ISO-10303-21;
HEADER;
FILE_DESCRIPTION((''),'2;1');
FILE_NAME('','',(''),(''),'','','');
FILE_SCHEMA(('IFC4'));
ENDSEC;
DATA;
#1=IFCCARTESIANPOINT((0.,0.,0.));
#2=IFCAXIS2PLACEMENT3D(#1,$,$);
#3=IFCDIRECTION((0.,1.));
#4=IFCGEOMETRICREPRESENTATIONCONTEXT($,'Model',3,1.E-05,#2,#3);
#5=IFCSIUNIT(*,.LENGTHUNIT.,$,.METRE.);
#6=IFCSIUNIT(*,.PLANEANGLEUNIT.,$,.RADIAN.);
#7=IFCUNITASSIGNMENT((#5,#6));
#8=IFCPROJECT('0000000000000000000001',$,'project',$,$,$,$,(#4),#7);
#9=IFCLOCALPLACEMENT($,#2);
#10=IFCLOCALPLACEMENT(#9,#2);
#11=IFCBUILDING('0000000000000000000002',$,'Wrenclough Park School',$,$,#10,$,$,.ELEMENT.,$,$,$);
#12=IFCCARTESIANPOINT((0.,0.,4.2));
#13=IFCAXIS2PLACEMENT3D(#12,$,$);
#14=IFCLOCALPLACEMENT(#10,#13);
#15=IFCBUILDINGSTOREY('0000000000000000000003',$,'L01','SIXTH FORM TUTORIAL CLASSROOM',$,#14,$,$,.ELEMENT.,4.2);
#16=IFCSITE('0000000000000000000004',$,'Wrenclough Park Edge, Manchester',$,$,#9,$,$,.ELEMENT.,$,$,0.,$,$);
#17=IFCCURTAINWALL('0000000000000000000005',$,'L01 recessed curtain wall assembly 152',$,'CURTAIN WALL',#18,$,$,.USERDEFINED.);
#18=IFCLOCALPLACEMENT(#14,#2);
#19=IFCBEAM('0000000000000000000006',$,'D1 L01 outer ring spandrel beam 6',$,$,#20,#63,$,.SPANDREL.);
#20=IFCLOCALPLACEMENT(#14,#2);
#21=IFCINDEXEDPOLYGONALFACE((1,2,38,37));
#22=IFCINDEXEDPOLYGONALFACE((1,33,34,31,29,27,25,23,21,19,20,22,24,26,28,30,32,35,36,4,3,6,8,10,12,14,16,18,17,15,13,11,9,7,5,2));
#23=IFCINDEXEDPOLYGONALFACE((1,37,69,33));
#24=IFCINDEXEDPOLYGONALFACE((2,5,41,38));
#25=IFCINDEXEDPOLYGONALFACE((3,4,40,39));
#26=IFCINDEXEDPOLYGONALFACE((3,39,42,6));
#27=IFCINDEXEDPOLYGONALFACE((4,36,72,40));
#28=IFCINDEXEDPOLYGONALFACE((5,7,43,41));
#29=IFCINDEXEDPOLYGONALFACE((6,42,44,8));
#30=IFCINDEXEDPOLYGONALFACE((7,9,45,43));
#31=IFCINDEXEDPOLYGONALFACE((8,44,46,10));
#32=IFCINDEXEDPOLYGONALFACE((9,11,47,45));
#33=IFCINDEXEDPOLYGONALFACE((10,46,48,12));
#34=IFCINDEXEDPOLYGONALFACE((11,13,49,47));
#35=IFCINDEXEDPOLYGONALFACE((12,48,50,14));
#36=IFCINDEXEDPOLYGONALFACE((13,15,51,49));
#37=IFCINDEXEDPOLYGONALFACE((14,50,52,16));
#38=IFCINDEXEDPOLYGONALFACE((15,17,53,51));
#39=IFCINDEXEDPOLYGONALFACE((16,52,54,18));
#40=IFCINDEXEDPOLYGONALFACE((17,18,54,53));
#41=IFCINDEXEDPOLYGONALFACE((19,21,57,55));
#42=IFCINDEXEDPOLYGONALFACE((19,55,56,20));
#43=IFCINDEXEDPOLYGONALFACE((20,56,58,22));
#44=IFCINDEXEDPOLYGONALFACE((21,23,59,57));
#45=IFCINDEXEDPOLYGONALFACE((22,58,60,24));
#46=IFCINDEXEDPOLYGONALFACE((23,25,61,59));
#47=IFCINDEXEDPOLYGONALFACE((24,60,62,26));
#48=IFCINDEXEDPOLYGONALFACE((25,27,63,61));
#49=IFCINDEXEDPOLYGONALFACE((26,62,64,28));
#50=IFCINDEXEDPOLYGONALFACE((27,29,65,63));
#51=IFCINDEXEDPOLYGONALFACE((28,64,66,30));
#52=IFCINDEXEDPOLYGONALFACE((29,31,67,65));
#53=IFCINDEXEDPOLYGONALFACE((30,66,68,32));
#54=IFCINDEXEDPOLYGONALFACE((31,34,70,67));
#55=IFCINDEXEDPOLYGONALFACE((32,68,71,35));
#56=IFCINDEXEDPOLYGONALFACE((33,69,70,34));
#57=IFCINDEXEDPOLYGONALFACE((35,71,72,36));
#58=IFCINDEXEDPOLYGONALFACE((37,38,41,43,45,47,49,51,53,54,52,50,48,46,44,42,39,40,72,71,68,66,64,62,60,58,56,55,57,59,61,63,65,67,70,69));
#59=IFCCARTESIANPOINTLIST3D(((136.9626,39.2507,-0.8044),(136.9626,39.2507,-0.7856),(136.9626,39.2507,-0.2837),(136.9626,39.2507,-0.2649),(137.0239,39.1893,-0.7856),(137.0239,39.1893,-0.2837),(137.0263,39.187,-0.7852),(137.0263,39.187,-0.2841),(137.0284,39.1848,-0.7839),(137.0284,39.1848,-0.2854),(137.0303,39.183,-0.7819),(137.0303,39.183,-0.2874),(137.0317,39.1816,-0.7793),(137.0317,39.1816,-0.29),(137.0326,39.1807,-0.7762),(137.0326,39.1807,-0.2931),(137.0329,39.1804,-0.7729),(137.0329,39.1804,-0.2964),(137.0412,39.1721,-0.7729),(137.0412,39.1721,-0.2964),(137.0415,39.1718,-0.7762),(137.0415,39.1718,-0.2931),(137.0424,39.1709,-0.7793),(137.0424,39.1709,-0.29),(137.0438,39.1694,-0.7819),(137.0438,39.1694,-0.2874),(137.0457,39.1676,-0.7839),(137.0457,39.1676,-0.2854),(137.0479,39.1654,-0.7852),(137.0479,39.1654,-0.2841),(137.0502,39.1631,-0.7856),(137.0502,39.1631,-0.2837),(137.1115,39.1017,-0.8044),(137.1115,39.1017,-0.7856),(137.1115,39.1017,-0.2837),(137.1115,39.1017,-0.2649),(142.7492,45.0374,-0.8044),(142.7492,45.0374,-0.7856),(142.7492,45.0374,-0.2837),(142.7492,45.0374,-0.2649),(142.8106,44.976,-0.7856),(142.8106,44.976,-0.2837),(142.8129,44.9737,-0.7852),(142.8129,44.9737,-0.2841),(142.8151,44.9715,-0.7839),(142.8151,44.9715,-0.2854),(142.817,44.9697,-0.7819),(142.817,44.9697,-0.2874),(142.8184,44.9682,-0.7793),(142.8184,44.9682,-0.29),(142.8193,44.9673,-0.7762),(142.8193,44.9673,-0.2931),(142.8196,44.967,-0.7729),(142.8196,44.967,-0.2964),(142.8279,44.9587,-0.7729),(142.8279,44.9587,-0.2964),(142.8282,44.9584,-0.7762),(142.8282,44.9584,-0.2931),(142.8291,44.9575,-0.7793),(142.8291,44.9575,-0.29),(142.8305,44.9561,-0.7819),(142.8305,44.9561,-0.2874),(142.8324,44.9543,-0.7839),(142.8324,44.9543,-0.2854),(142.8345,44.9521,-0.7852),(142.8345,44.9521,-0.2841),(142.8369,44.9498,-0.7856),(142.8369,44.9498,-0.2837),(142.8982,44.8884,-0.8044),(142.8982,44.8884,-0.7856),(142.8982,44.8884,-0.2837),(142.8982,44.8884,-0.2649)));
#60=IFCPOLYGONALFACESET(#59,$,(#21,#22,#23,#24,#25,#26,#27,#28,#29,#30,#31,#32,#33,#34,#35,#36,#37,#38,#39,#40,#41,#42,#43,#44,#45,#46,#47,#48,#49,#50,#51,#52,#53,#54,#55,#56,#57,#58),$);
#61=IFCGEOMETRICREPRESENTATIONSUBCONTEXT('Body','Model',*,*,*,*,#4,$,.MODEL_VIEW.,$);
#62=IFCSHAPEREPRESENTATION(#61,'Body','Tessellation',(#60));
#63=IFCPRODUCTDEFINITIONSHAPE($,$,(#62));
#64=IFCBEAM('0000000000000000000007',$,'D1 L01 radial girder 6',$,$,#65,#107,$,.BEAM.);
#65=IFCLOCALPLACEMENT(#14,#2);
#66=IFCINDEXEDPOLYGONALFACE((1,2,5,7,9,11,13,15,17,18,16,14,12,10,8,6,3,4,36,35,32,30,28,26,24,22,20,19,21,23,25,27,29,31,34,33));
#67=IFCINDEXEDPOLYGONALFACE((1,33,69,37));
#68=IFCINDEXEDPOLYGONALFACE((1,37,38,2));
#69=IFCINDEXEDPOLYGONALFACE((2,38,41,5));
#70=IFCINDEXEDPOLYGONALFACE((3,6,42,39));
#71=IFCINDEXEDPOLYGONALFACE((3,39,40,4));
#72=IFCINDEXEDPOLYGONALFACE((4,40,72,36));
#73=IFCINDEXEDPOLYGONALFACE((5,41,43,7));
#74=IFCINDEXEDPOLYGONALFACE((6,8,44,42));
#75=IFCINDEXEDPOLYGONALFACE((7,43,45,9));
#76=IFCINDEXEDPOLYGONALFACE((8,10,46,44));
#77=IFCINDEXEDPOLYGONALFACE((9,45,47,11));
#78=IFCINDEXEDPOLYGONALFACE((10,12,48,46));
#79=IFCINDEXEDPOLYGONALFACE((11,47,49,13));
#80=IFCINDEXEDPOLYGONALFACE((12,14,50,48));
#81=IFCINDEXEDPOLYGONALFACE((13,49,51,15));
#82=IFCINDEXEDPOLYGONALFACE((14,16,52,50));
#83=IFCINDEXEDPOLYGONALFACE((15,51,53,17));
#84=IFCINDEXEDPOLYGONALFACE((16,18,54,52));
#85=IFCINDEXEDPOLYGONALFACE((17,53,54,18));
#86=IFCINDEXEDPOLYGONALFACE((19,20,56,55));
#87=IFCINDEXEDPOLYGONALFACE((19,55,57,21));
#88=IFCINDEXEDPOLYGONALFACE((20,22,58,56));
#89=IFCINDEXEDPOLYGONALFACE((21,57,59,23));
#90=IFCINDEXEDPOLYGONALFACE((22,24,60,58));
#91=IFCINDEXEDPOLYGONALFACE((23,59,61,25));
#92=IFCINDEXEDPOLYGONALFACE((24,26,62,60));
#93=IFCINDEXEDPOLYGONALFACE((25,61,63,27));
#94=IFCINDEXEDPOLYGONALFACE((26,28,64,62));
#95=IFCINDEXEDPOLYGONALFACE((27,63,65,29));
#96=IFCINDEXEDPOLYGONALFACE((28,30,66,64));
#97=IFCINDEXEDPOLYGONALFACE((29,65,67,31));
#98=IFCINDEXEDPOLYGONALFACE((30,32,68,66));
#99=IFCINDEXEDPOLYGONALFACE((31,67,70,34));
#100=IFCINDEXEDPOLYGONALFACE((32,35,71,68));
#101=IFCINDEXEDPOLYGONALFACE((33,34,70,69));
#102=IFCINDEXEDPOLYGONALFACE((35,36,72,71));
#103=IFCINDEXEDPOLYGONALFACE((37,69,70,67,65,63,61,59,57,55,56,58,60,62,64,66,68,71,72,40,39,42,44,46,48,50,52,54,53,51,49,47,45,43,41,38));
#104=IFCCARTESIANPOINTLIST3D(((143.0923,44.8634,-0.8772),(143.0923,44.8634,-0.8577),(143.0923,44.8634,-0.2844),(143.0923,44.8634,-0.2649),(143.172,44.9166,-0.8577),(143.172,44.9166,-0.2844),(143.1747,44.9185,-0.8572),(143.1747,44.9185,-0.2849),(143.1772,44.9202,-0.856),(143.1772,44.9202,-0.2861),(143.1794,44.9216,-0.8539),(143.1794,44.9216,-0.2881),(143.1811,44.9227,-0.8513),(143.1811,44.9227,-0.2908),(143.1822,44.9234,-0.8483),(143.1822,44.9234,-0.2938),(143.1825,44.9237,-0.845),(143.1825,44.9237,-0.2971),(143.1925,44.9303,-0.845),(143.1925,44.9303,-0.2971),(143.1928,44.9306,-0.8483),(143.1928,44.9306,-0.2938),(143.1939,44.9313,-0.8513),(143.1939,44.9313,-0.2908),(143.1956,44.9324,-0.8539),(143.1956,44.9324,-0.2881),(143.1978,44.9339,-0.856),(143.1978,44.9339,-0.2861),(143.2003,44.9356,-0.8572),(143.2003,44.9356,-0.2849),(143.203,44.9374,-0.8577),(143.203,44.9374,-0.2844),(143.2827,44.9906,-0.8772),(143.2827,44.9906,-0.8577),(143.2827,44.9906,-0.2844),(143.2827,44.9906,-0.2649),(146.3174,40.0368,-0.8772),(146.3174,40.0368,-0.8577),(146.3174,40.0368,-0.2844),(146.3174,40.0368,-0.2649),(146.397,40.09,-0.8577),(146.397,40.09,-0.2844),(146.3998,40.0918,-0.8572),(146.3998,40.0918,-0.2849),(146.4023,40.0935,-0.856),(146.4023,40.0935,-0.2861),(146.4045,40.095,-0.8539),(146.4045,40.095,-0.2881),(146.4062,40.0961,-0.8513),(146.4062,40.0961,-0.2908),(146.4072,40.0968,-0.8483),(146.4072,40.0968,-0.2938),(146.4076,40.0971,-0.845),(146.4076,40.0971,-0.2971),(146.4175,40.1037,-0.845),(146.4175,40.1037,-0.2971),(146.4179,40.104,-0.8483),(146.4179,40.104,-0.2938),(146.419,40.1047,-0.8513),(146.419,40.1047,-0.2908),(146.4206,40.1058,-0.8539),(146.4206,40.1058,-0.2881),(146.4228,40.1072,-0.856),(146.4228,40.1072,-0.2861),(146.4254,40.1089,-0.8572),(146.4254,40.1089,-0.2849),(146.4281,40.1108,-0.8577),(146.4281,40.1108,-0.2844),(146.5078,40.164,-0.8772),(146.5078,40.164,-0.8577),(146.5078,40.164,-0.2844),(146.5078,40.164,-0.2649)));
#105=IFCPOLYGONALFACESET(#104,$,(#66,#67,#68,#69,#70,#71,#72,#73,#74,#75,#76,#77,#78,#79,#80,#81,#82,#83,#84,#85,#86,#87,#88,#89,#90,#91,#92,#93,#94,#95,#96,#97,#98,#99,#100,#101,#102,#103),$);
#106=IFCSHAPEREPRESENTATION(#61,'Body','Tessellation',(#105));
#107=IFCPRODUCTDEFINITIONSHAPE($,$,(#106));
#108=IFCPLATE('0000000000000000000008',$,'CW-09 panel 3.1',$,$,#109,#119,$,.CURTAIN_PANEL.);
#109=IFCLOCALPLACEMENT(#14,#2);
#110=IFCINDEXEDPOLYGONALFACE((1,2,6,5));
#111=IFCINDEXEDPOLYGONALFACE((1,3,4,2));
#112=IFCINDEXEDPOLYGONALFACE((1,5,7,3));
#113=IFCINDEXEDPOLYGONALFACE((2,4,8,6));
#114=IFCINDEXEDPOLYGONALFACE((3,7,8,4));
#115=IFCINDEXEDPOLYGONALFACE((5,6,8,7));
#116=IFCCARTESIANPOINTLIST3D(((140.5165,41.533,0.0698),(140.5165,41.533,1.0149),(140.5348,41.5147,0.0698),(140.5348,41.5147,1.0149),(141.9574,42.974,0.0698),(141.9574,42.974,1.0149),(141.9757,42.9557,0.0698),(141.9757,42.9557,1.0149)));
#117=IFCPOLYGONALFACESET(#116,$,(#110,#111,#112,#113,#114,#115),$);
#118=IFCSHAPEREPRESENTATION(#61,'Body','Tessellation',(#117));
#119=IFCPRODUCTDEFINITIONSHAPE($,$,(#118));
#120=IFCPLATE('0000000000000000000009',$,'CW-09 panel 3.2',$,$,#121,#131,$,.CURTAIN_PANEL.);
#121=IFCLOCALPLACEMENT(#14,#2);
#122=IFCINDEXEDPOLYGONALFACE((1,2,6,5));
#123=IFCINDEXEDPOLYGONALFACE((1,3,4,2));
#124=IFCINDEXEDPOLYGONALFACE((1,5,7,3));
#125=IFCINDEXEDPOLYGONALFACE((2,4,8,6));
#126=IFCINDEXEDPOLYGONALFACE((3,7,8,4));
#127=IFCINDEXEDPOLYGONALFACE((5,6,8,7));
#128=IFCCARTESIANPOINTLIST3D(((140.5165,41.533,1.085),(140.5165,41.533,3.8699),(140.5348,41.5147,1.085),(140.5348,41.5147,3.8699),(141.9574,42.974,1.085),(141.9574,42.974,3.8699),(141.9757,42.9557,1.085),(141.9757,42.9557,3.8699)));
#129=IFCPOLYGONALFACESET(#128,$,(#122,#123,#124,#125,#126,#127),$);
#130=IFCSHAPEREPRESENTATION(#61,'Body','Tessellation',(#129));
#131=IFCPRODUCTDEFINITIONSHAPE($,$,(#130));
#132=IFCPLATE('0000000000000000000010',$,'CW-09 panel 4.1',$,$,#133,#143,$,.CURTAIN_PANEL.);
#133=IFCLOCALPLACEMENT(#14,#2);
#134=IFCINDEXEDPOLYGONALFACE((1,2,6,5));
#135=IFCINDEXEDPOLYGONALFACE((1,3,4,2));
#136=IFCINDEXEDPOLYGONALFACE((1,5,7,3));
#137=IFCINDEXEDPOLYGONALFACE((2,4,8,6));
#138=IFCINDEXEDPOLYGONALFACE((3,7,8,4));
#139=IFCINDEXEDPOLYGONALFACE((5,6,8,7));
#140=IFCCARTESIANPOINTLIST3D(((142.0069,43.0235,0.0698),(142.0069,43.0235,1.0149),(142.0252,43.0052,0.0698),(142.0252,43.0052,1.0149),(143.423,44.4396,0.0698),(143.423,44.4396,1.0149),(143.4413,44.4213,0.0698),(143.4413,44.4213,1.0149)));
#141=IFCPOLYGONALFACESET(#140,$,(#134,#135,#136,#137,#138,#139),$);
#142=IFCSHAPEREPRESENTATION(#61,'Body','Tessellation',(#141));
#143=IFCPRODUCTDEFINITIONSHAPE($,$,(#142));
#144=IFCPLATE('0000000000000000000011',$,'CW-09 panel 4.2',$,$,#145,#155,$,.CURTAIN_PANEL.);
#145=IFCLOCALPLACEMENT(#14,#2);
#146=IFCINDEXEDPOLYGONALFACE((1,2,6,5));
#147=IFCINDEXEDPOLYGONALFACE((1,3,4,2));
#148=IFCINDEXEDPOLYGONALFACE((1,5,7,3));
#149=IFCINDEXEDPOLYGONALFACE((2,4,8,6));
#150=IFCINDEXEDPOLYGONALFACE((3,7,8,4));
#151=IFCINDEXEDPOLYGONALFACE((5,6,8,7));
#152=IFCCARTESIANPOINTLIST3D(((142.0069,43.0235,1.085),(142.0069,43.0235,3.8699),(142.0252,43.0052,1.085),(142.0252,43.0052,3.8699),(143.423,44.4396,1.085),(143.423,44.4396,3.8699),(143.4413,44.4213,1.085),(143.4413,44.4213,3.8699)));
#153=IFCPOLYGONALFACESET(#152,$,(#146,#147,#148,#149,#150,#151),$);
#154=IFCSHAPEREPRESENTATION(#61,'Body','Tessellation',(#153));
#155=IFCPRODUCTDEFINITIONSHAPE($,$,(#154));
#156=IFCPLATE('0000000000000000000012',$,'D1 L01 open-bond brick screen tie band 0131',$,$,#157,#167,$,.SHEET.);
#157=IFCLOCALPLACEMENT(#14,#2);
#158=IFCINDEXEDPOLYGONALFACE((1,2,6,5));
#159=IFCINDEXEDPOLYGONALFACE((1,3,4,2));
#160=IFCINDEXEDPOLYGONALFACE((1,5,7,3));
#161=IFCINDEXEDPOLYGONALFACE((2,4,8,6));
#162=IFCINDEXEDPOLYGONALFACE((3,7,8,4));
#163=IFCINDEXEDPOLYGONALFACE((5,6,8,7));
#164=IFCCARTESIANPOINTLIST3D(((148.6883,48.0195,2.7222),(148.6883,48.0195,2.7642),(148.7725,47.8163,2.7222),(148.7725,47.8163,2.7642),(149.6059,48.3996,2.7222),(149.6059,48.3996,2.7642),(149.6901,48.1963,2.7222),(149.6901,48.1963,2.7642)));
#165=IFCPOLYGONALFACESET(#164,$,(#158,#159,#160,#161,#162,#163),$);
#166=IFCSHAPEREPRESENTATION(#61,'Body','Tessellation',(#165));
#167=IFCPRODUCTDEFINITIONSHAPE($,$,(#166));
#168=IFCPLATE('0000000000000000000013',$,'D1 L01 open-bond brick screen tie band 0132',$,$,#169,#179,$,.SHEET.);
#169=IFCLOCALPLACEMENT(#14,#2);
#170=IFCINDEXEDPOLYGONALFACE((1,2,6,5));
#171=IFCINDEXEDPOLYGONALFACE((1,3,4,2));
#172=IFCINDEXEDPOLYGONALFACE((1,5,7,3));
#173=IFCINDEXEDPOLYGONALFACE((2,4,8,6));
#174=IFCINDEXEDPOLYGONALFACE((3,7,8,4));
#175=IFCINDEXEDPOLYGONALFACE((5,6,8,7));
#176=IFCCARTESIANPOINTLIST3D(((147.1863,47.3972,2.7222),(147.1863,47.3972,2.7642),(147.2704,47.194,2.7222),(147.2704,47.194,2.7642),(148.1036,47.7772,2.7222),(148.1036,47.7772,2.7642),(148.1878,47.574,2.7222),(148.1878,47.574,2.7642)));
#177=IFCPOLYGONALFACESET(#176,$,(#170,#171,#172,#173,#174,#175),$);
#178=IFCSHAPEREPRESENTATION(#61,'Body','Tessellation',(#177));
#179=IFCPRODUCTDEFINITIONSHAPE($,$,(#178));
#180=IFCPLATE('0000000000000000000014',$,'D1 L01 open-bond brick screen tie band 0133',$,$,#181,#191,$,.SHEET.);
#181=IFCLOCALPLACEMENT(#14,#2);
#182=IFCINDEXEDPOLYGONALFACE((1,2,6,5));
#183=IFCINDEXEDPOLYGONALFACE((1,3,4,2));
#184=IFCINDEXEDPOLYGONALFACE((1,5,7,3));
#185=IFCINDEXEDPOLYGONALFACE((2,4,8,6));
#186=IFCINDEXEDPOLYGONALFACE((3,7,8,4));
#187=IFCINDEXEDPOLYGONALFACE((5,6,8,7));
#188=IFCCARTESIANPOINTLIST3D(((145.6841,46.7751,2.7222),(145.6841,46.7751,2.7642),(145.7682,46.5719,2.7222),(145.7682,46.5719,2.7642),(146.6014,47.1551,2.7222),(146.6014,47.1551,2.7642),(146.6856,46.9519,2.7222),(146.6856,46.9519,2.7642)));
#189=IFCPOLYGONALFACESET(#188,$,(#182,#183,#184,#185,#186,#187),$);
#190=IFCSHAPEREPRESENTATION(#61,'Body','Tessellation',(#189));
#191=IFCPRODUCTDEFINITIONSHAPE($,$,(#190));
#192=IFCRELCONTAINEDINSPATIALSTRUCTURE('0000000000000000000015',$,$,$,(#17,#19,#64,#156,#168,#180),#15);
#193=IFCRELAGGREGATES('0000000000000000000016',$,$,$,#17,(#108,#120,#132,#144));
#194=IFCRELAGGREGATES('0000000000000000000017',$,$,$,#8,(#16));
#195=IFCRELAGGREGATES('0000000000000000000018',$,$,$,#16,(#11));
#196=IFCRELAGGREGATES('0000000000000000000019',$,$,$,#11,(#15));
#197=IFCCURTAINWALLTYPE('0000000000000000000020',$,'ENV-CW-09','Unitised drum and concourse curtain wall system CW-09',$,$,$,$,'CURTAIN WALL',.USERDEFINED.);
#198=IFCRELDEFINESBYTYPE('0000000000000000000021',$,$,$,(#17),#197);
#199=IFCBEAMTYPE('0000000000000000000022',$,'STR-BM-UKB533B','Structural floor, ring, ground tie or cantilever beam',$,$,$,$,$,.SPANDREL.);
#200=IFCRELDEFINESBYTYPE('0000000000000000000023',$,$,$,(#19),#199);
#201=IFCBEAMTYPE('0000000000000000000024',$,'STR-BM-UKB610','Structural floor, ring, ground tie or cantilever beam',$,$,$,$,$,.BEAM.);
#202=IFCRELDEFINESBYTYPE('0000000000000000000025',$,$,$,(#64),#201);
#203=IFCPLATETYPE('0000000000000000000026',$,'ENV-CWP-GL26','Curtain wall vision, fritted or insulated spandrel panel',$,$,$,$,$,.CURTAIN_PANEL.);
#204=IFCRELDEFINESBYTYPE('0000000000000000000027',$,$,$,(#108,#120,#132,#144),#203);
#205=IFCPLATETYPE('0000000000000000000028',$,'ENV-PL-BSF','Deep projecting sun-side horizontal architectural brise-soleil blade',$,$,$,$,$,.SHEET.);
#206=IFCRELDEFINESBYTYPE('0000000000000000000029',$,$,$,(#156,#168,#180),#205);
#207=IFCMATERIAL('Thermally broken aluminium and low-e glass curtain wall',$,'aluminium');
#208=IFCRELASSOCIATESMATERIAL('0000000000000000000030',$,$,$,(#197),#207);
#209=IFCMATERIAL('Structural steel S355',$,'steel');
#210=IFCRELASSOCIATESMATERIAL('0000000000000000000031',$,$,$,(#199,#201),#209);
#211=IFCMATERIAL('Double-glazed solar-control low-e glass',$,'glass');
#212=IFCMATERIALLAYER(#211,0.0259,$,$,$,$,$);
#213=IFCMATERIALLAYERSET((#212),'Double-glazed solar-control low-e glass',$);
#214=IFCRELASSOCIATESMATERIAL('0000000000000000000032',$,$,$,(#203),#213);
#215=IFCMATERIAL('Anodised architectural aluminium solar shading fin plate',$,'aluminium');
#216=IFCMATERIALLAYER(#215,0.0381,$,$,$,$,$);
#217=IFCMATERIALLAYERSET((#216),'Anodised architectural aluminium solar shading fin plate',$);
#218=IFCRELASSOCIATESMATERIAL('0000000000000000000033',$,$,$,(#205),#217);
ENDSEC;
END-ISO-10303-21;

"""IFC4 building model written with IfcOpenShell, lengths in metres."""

from ifc_helpers import new_model, si_unit, direction, frame, origin, origin_2d, place, context, subcontext, project, spatial, rectangle, i_section, extrude, material, layer, layer_set, material_profile, profile_set, type_object, element, aggregate, save


model = new_model("IFC4")

# Units and contexts
model_context = context("Model", 3, precision=1e-05, world=origin(), true_north=direction((0.0, 1.0)))
body_context = subcontext(model_context, "Body", "Model", "MODEL_VIEW")
ifc_project = project(units=[si_unit("LENGTHUNIT", "METRE"), si_unit("PLANEANGLEUNIT", "RADIAN")], contexts=[model_context])

# Site, building, storey
site_placement = place(None, origin())
site = spatial("IfcSite", under=ifc_project, at=site_placement, Name="Wrenclough Park Edge, Manchester", CompositionType="ELEMENT", RefElevation=0.0)
building_placement = place(site_placement, origin())
building = spatial("IfcBuilding", under=site, at=building_placement, Name="Wrenclough Park School", CompositionType="ELEMENT")
storey_placement = place(building_placement, frame((0.0, 0.0, 4.2)))
storey = spatial("IfcBuildingStorey", under=building, at=storey_placement, Name="L01", Description="SIXTH FORM TUTORIAL CLASSROOM", CompositionType="ELEMENT", Elevation=4.2)

# Shared definitions
ifc_material_1 = material(Name="Structural steel S355", Category="steel")

# Curtain wall
ifc_material_2 = material(Name="Thermally broken aluminium and low-e glass curtain wall", Category="aluminium")
curtain_wall_type = type_object("IfcCurtainWallType", Name="ENV-CW-09", Description="Unitised drum and concourse curtain wall system CW-09", ElementType="CURTAIN WALL", PredefinedType="USERDEFINED", material=ifc_material_2)
curtain_wall_placement = place(storey_placement, origin())
curtain_wall = element("IfcCurtainWall", 1, at=curtain_wall_placement, inside=storey, type_object=curtain_wall_type, Name="L01 recessed curtain wall assembly 152", ObjectType="CURTAIN WALL", PredefinedType="USERDEFINED")

# Beams
ifc_material_profile_1 = material_profile(ifc_material_1, i_section(OverallWidth=0.2107, OverallDepth=0.5396, WebThickness=0.0117, FlangeThickness=0.0188, FilletRadius=0.0127, at=origin_2d()), Name="UKB 533x210x109")
ifc_profile_set_1 = profile_set([ifc_material_profile_1], Name="Structural steel S355")
beam_type_1 = type_object("IfcBeamType", Name="STR-BM-UKB533B", Description="Structural floor, ring, ground tie or cantilever beam", PredefinedType="SPANDREL", material=ifc_profile_set_1)
beam_1_placement = place(storey_placement, frame((142.8237, 44.9629, -0.5347), z_axis=(-0.707107, -0.707107, 0.0), x_axis=(0.707107, -0.707107, 0.0)))
element("IfcBeam", 2, at=beam_1_placement, inside=storey, type_object=beam_type_1, Name="D1 L01 outer ring spandrel beam 6", PredefinedType="SPANDREL", context=body_context, shape_type="SweptSolid", body=[
    extrude(i_section(OverallWidth=0.2107, OverallDepth=0.5396, WebThickness=0.0117, FlangeThickness=0.0188, FilletRadius=0.0127, at=origin_2d()), origin(), (0.0, 0.0, 1.0), 8.1836),
])
ifc_material_profile_2 = material_profile(ifc_material_1, i_section(OverallWidth=0.229, OverallDepth=0.6123, WebThickness=0.012, FlangeThickness=0.0195, FilletRadius=0.0127, at=origin_2d()), Name="UKB 610x229x125")
ifc_profile_set_2 = profile_set([ifc_material_profile_2], Name="Structural steel S355")
beam_type_2 = type_object("IfcBeamType", Name="STR-BM-UKB610", Description="Structural floor, ring, ground tie or cantilever beam", PredefinedType="BEAM", material=ifc_profile_set_2)
beam_2_placement = place(storey_placement, frame((143.1875, 44.927, -0.571), z_axis=(0.555573, -0.831468, 0.0), x_axis=(0.831468, 0.555573, 0.0)))
element("IfcBeam", 3, at=beam_2_placement, inside=storey, type_object=beam_type_2, Name="D1 L01 radial girder 6", PredefinedType="BEAM", context=body_context, shape_type="SweptSolid", body=[
    extrude(i_section(OverallWidth=0.229, OverallDepth=0.6123, WebThickness=0.012, FlangeThickness=0.0195, FilletRadius=0.0127, at=origin_2d()), origin(), (0.0, 0.0, 1.0), 5.8049),
])

# Plates
ifc_material_3 = material(Name="Double-glazed solar-control low-e glass", Category="glass")
ifc_layer_1 = layer(ifc_material_3, 0.0259)
ifc_layer_set_1 = layer_set([ifc_layer_1], Name="Double-glazed solar-control low-e glass")
plate_type_1 = type_object("IfcPlateType", Name="ENV-CWP-GL26", Description="Curtain wall vision, fritted or insulated spandrel panel", PredefinedType="CURTAIN_PANEL", material=ifc_layer_set_1)
plate_1_placement = place(storey_placement, frame((141.2461, 42.2444, 0.0698), z_axis=(0.0, 0.0, 1.0), x_axis=(0.707107, 0.707107, 0.0)))
plate_1 = element("IfcPlate", 4, at=plate_1_placement, type_object=plate_type_1, Name="CW-09 panel 3.1", PredefinedType="CURTAIN_PANEL", context=body_context, shape_type="SweptSolid", body=[
    extrude(rectangle(XDim=2.0378, YDim=0.0259, at=origin_2d()), origin(), (0.0, 0.0, 1.0), 0.9451),
])
plate_2_placement = place(storey_placement, frame((141.2461, 42.2444, 1.085), z_axis=(0.0, 0.0, 1.0), x_axis=(0.707107, 0.707107, 0.0)))
plate_2 = element("IfcPlate", 5, at=plate_2_placement, type_object=plate_type_1, Name="CW-09 panel 3.2", PredefinedType="CURTAIN_PANEL", context=body_context, shape_type="SweptSolid", body=[
    extrude(rectangle(XDim=2.0378, YDim=0.0259, at=origin_2d()), origin(), (0.0, 0.0, 1.0), 2.7849),
])
plate_3_placement = place(storey_placement, frame((142.7241, 43.7224, 0.0698), z_axis=(0.0, 0.0, 1.0), x_axis=(0.707107, 0.707107, 0.0)))
plate_3 = element("IfcPlate", 6, at=plate_3_placement, type_object=plate_type_1, Name="CW-09 panel 4.1", PredefinedType="CURTAIN_PANEL", context=body_context, shape_type="SweptSolid", body=[
    extrude(rectangle(XDim=2.0027, YDim=0.0259, at=origin_2d()), origin(), (0.0, 0.0, 1.0), 0.9451),
])
plate_4_placement = place(storey_placement, frame((142.7241, 43.7224, 1.085), z_axis=(0.0, 0.0, 1.0), x_axis=(0.707107, 0.707107, 0.0)))
plate_4 = element("IfcPlate", 7, at=plate_4_placement, type_object=plate_type_1, Name="CW-09 panel 4.2", PredefinedType="CURTAIN_PANEL", context=body_context, shape_type="SweptSolid", body=[
    extrude(rectangle(XDim=2.0027, YDim=0.0259, at=origin_2d()), origin(), (0.0, 0.0, 1.0), 2.7849),
])
aggregate(curtain_wall, [plate_1, plate_2, plate_3, plate_4])

# Plates
ifc_material_4 = material(Name="Anodised architectural aluminium solar shading fin plate", Category="aluminium")
ifc_layer_2 = layer(ifc_material_4, 0.0381)
ifc_layer_set_2 = layer_set([ifc_layer_2], Name="Anodised architectural aluminium solar shading fin plate")
plate_type_2 = type_object("IfcPlateType", Name="ENV-PL-BSF", Description="Deep projecting sun-side horizontal architectural brise-soleil blade", PredefinedType="SHEET", material=ifc_layer_set_2)
plate_5_placement = place(storey_placement, frame((149.1892, 48.1079, 2.7222), z_axis=(0.0, 0.0, 1.0), x_axis=(-0.923877, -0.38269, 0.0)))
element("IfcPlate", 8, at=plate_5_placement, inside=storey, type_object=plate_type_2, Name="D1 L01 open-bond brick screen tie band 0131", PredefinedType="SHEET", context=body_context, shape_type="SweptSolid", body=[
    extrude(rectangle(XDim=0.9932, YDim=0.22, at=origin_2d()), origin(), (0.0, 0.0, 1.0), 0.042),
])
for number, where, z_axis, x_axis, name in (
    (9, (147.687, 47.4856, 2.7222), (0.0, 0.0, 1.0), (-0.923877, -0.38269, 0.0), "D1 L01 open-bond brick screen tie band 0132"),
    (10, (146.1848, 46.8635, 2.7222), (0.0, 0.0, 1.0), (-0.923877, -0.38269, 0.0), "D1 L01 open-bond brick screen tie band 0133"),
):
    element("IfcPlate", number, at=place(storey_placement, frame(where, z_axis=z_axis, x_axis=x_axis)), inside=storey, type_object=plate_type_2, Name=name, PredefinedType="SHEET", context=body_context, shape_type="SweptSolid", body=[
        extrude(rectangle(XDim=0.9929, YDim=0.22, at=origin_2d()), origin(), (0.0, 0.0, 1.0), 0.042),
    ])

save(model, "model.ifc")
